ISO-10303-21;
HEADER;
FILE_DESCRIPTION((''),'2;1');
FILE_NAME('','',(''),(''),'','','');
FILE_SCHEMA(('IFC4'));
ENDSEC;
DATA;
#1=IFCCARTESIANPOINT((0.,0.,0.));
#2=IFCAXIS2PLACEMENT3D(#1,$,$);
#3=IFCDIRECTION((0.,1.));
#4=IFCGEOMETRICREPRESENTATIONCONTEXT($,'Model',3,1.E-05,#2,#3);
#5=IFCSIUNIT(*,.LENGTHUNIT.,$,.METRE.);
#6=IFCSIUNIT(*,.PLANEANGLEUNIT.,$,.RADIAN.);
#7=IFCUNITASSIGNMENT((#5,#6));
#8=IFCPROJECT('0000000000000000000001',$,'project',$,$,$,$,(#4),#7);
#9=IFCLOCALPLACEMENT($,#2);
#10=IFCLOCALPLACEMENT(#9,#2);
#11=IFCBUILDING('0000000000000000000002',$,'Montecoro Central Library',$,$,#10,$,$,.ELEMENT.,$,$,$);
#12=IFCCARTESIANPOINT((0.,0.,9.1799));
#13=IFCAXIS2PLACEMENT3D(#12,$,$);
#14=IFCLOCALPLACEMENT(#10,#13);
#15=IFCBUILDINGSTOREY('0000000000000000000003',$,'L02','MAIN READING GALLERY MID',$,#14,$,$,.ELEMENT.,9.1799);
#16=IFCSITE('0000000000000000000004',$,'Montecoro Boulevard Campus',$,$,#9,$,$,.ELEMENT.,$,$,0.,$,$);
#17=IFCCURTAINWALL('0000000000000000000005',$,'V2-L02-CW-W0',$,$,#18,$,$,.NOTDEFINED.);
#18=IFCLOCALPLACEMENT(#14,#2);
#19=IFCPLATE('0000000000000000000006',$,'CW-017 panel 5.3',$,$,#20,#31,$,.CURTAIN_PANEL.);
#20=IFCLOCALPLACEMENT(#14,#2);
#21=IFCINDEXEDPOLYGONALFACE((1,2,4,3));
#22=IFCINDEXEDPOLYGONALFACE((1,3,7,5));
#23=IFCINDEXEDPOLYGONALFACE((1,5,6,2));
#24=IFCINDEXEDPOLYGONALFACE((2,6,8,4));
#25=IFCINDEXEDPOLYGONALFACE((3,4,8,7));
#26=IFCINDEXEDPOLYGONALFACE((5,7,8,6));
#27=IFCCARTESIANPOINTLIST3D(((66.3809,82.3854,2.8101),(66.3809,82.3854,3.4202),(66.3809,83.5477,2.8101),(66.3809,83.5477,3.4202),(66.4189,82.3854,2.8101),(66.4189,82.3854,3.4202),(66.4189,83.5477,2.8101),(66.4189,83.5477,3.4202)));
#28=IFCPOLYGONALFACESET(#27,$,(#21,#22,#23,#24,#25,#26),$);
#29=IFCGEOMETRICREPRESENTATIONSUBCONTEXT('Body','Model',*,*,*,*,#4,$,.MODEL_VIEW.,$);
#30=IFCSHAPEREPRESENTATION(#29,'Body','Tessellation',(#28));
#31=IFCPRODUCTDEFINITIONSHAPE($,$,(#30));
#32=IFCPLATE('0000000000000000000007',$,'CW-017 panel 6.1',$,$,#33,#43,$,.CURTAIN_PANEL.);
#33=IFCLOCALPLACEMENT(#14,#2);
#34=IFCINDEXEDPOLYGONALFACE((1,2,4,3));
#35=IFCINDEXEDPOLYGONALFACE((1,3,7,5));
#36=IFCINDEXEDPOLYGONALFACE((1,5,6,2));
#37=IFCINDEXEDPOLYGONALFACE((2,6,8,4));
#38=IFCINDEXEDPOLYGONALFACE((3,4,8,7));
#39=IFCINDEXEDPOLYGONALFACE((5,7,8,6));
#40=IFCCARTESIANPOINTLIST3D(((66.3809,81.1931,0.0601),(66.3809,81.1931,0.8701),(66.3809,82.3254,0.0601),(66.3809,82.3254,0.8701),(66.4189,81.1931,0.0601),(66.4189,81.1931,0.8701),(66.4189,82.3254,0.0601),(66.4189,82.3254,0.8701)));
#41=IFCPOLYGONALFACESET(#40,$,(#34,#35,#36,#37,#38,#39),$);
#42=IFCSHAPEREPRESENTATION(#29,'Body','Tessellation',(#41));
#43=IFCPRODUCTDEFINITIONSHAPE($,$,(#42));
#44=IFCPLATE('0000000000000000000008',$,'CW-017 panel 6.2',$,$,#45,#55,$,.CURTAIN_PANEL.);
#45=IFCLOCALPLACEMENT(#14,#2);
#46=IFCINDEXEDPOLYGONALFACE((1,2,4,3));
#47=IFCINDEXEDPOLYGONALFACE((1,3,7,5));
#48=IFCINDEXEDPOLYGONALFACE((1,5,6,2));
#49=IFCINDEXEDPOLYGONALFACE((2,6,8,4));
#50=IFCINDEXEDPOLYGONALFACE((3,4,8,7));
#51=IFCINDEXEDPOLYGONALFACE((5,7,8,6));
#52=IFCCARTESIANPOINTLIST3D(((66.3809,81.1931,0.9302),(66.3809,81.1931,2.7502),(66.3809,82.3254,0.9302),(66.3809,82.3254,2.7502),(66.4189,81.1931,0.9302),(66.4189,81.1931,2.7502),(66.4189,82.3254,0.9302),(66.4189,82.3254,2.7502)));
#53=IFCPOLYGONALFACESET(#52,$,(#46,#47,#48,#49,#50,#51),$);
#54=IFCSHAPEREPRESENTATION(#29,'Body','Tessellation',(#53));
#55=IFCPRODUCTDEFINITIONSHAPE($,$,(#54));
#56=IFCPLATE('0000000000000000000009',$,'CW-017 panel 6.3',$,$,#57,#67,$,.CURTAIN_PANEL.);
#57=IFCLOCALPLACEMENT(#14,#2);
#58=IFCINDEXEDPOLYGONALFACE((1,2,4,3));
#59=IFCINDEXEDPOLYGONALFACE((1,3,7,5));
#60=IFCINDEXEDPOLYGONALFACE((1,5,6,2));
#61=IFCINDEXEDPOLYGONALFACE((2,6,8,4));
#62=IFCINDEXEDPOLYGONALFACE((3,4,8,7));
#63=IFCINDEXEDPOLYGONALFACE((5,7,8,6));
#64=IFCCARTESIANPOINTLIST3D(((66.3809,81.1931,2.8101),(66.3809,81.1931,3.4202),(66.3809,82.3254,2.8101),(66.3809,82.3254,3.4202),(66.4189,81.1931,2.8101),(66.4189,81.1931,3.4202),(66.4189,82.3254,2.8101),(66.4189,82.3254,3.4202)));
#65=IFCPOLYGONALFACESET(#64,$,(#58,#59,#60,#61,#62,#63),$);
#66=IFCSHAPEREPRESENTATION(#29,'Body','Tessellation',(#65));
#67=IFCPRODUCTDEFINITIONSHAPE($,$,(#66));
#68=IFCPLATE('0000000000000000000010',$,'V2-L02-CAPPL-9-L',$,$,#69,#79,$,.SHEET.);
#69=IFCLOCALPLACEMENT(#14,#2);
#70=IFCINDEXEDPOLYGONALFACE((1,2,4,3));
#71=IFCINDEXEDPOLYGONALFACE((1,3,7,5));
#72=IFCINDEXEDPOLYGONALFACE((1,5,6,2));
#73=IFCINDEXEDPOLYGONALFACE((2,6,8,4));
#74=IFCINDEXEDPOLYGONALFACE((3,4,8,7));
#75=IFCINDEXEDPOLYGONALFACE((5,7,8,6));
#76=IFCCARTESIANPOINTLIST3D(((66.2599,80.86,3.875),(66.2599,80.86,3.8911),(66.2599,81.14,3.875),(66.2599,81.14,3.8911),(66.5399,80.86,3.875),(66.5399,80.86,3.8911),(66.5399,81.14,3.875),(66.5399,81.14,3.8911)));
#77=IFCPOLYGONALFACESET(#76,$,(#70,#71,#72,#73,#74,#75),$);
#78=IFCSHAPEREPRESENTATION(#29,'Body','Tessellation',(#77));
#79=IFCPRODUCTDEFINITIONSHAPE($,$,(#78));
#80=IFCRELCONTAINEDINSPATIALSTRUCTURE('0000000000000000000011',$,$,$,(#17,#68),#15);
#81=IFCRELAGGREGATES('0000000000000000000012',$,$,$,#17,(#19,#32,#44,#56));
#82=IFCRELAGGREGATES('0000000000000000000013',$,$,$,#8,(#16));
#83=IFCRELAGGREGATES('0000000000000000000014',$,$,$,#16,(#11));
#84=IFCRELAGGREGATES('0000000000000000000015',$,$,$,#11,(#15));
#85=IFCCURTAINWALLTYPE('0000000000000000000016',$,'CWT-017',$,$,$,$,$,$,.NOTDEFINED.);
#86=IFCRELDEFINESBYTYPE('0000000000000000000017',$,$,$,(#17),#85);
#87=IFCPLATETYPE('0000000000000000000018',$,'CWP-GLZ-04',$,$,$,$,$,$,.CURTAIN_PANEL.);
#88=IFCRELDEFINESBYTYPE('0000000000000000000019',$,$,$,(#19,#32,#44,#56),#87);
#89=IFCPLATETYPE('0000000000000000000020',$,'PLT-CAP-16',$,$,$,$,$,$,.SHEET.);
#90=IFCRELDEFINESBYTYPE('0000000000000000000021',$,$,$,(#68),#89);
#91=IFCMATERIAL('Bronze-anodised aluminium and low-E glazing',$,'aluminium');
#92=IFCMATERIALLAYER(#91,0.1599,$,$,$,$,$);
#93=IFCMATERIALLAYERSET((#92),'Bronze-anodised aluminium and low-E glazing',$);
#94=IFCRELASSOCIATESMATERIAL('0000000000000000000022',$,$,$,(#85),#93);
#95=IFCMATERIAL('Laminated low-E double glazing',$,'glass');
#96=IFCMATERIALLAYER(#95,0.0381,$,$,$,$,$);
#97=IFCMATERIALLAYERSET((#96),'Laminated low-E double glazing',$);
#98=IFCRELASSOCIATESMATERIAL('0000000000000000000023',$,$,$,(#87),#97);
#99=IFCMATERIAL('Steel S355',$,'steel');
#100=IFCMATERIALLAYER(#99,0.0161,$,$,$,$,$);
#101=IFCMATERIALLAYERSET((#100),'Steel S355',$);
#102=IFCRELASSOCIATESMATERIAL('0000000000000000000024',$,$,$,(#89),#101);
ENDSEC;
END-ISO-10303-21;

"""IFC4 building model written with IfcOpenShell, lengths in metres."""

from ifc_helpers import new_model, si_unit, direction, frame, origin, origin_2d, place, context, subcontext, project, spatial, rectangle, extrude, material, layer, layer_set, type_object, element, aggregate, save


model = new_model("IFC4")

# Units and contexts
model_context = context("Model", 3, precision=1e-05, world=origin(), true_north=direction((0.0, 1.0)))
body_context = subcontext(model_context, "Body", "Model", "MODEL_VIEW")
ifc_project = project(units=[si_unit("LENGTHUNIT", "METRE"), si_unit("PLANEANGLEUNIT", "RADIAN")], contexts=[model_context])

# Site, building, storey
site_placement = place(None, origin())
site = spatial("IfcSite", under=ifc_project, at=site_placement, Name="Montecoro Boulevard Campus", CompositionType="ELEMENT", RefElevation=0.0)
building_placement = place(site_placement, origin())
building = spatial("IfcBuilding", under=site, at=building_placement, Name="Montecoro Central Library", CompositionType="ELEMENT")
storey_placement = place(building_placement, frame((0.0, 0.0, 9.1799)))
storey = spatial("IfcBuildingStorey", under=building, at=storey_placement, Name="L02", Description="MAIN READING GALLERY MID", CompositionType="ELEMENT", Elevation=9.1799)

# Shared definitions
ifc_material_1 = material(Name="Steel S355", Category="steel")

# Curtain wall, plates
ifc_material_2 = material(Name="Bronze-anodised aluminium and low-E glazing", Category="aluminium")
ifc_layer_1 = layer(ifc_material_2, 0.1599)
ifc_layer_set_1 = layer_set([ifc_layer_1], Name="Bronze-anodised aluminium and low-E glazing")
curtain_wall_type = type_object("IfcCurtainWallType", Name="CWT-017", PredefinedType="NOTDEFINED", material=ifc_layer_set_1)
curtain_wall_placement = place(storey_placement, origin())
curtain_wall = element("IfcCurtainWall", 1, at=curtain_wall_placement, inside=storey, type_object=curtain_wall_type, Name="V2-L02-CW-W0", PredefinedType="NOTDEFINED")
ifc_material_3 = material(Name="Laminated low-E double glazing", Category="glass")
ifc_layer_2 = layer(ifc_material_3, 0.0381)
ifc_layer_set_2 = layer_set([ifc_layer_2], Name="Laminated low-E double glazing")
plate_type_1 = type_object("IfcPlateType", Name="CWP-GLZ-04", PredefinedType="CURTAIN_PANEL", material=ifc_layer_set_2)
plate_1_placement = place(storey_placement, frame((66.3999, 82.9666, 2.8101), z_axis=(0.0, 0.0, 1.0), x_axis=(0.0, -1.0, 0.0)))
plate_1 = element("IfcPlate", 2, at=plate_1_placement, type_object=plate_type_1, Name="CW-017 panel 5.3", PredefinedType="CURTAIN_PANEL", context=body_context, shape_type="SweptSolid", body=[
    extrude(rectangle(XDim=1.1624, YDim=0.0381, at=origin_2d()), origin(), (0.0, 0.0, 1.0), 0.6101),
])
plate_2_placement = place(storey_placement, frame((66.3999, 81.7593, 0.0601), z_axis=(0.0, 0.0, 1.0), x_axis=(0.0, -1.0, 0.0)))
plate_2 = element("IfcPlate", 3, at=plate_2_placement, type_object=plate_type_1, Name="CW-017 panel 6.1", PredefinedType="CURTAIN_PANEL", context=body_context, shape_type="SweptSolid", body=[
    extrude(rectangle(XDim=1.1323, YDim=0.0381, at=origin_2d()), origin(), (0.0, 0.0, 1.0), 0.8101),
])
plate_3_placement = place(storey_placement, frame((66.3999, 81.7593, 0.9302), z_axis=(0.0, 0.0, 1.0), x_axis=(0.0, -1.0, 0.0)))
plate_3 = element("IfcPlate", 4, at=plate_3_placement, type_object=plate_type_1, Name="CW-017 panel 6.2", PredefinedType="CURTAIN_PANEL", context=body_context, shape_type="SweptSolid", body=[
    extrude(rectangle(XDim=1.1323, YDim=0.0381, at=origin_2d()), origin(), (0.0, 0.0, 1.0), 1.8201),
])
plate_4_placement = place(storey_placement, frame((66.3999, 81.7593, 2.8101), z_axis=(0.0, 0.0, 1.0), x_axis=(0.0, -1.0, 0.0)))
plate_4 = element("IfcPlate", 5, at=plate_4_placement, type_object=plate_type_1, Name="CW-017 panel 6.3", PredefinedType="CURTAIN_PANEL", context=body_context, shape_type="SweptSolid", body=[
    extrude(rectangle(XDim=1.1323, YDim=0.0381, at=origin_2d()), origin(), (0.0, 0.0, 1.0), 0.6101),
])
aggregate(curtain_wall, [plate_1, plate_2, plate_3, plate_4])

# Plate
ifc_layer_3 = layer(ifc_material_1, 0.0161)
ifc_layer_set_3 = layer_set([ifc_layer_3], Name="Steel S355")
plate_type_2 = type_object("IfcPlateType", Name="PLT-CAP-16", PredefinedType="SHEET", material=ifc_layer_set_3)
plate_5_placement = place(storey_placement, frame((66.3999, 81.0, 3.875), z_axis=(0.0, 0.0, 1.0), x_axis=(1.0, 0.0, 0.0)))
element("IfcPlate", 6, at=plate_5_placement, inside=storey, type_object=plate_type_2, Name="V2-L02-CAPPL-9-L", PredefinedType="SHEET", context=body_context, shape_type="SweptSolid", body=[
    extrude(rectangle(XDim=0.28, YDim=0.28, at=origin_2d()), origin(), (0.0, 0.0, 1.0), 0.0161),
])

save(model, "model.ifc")
